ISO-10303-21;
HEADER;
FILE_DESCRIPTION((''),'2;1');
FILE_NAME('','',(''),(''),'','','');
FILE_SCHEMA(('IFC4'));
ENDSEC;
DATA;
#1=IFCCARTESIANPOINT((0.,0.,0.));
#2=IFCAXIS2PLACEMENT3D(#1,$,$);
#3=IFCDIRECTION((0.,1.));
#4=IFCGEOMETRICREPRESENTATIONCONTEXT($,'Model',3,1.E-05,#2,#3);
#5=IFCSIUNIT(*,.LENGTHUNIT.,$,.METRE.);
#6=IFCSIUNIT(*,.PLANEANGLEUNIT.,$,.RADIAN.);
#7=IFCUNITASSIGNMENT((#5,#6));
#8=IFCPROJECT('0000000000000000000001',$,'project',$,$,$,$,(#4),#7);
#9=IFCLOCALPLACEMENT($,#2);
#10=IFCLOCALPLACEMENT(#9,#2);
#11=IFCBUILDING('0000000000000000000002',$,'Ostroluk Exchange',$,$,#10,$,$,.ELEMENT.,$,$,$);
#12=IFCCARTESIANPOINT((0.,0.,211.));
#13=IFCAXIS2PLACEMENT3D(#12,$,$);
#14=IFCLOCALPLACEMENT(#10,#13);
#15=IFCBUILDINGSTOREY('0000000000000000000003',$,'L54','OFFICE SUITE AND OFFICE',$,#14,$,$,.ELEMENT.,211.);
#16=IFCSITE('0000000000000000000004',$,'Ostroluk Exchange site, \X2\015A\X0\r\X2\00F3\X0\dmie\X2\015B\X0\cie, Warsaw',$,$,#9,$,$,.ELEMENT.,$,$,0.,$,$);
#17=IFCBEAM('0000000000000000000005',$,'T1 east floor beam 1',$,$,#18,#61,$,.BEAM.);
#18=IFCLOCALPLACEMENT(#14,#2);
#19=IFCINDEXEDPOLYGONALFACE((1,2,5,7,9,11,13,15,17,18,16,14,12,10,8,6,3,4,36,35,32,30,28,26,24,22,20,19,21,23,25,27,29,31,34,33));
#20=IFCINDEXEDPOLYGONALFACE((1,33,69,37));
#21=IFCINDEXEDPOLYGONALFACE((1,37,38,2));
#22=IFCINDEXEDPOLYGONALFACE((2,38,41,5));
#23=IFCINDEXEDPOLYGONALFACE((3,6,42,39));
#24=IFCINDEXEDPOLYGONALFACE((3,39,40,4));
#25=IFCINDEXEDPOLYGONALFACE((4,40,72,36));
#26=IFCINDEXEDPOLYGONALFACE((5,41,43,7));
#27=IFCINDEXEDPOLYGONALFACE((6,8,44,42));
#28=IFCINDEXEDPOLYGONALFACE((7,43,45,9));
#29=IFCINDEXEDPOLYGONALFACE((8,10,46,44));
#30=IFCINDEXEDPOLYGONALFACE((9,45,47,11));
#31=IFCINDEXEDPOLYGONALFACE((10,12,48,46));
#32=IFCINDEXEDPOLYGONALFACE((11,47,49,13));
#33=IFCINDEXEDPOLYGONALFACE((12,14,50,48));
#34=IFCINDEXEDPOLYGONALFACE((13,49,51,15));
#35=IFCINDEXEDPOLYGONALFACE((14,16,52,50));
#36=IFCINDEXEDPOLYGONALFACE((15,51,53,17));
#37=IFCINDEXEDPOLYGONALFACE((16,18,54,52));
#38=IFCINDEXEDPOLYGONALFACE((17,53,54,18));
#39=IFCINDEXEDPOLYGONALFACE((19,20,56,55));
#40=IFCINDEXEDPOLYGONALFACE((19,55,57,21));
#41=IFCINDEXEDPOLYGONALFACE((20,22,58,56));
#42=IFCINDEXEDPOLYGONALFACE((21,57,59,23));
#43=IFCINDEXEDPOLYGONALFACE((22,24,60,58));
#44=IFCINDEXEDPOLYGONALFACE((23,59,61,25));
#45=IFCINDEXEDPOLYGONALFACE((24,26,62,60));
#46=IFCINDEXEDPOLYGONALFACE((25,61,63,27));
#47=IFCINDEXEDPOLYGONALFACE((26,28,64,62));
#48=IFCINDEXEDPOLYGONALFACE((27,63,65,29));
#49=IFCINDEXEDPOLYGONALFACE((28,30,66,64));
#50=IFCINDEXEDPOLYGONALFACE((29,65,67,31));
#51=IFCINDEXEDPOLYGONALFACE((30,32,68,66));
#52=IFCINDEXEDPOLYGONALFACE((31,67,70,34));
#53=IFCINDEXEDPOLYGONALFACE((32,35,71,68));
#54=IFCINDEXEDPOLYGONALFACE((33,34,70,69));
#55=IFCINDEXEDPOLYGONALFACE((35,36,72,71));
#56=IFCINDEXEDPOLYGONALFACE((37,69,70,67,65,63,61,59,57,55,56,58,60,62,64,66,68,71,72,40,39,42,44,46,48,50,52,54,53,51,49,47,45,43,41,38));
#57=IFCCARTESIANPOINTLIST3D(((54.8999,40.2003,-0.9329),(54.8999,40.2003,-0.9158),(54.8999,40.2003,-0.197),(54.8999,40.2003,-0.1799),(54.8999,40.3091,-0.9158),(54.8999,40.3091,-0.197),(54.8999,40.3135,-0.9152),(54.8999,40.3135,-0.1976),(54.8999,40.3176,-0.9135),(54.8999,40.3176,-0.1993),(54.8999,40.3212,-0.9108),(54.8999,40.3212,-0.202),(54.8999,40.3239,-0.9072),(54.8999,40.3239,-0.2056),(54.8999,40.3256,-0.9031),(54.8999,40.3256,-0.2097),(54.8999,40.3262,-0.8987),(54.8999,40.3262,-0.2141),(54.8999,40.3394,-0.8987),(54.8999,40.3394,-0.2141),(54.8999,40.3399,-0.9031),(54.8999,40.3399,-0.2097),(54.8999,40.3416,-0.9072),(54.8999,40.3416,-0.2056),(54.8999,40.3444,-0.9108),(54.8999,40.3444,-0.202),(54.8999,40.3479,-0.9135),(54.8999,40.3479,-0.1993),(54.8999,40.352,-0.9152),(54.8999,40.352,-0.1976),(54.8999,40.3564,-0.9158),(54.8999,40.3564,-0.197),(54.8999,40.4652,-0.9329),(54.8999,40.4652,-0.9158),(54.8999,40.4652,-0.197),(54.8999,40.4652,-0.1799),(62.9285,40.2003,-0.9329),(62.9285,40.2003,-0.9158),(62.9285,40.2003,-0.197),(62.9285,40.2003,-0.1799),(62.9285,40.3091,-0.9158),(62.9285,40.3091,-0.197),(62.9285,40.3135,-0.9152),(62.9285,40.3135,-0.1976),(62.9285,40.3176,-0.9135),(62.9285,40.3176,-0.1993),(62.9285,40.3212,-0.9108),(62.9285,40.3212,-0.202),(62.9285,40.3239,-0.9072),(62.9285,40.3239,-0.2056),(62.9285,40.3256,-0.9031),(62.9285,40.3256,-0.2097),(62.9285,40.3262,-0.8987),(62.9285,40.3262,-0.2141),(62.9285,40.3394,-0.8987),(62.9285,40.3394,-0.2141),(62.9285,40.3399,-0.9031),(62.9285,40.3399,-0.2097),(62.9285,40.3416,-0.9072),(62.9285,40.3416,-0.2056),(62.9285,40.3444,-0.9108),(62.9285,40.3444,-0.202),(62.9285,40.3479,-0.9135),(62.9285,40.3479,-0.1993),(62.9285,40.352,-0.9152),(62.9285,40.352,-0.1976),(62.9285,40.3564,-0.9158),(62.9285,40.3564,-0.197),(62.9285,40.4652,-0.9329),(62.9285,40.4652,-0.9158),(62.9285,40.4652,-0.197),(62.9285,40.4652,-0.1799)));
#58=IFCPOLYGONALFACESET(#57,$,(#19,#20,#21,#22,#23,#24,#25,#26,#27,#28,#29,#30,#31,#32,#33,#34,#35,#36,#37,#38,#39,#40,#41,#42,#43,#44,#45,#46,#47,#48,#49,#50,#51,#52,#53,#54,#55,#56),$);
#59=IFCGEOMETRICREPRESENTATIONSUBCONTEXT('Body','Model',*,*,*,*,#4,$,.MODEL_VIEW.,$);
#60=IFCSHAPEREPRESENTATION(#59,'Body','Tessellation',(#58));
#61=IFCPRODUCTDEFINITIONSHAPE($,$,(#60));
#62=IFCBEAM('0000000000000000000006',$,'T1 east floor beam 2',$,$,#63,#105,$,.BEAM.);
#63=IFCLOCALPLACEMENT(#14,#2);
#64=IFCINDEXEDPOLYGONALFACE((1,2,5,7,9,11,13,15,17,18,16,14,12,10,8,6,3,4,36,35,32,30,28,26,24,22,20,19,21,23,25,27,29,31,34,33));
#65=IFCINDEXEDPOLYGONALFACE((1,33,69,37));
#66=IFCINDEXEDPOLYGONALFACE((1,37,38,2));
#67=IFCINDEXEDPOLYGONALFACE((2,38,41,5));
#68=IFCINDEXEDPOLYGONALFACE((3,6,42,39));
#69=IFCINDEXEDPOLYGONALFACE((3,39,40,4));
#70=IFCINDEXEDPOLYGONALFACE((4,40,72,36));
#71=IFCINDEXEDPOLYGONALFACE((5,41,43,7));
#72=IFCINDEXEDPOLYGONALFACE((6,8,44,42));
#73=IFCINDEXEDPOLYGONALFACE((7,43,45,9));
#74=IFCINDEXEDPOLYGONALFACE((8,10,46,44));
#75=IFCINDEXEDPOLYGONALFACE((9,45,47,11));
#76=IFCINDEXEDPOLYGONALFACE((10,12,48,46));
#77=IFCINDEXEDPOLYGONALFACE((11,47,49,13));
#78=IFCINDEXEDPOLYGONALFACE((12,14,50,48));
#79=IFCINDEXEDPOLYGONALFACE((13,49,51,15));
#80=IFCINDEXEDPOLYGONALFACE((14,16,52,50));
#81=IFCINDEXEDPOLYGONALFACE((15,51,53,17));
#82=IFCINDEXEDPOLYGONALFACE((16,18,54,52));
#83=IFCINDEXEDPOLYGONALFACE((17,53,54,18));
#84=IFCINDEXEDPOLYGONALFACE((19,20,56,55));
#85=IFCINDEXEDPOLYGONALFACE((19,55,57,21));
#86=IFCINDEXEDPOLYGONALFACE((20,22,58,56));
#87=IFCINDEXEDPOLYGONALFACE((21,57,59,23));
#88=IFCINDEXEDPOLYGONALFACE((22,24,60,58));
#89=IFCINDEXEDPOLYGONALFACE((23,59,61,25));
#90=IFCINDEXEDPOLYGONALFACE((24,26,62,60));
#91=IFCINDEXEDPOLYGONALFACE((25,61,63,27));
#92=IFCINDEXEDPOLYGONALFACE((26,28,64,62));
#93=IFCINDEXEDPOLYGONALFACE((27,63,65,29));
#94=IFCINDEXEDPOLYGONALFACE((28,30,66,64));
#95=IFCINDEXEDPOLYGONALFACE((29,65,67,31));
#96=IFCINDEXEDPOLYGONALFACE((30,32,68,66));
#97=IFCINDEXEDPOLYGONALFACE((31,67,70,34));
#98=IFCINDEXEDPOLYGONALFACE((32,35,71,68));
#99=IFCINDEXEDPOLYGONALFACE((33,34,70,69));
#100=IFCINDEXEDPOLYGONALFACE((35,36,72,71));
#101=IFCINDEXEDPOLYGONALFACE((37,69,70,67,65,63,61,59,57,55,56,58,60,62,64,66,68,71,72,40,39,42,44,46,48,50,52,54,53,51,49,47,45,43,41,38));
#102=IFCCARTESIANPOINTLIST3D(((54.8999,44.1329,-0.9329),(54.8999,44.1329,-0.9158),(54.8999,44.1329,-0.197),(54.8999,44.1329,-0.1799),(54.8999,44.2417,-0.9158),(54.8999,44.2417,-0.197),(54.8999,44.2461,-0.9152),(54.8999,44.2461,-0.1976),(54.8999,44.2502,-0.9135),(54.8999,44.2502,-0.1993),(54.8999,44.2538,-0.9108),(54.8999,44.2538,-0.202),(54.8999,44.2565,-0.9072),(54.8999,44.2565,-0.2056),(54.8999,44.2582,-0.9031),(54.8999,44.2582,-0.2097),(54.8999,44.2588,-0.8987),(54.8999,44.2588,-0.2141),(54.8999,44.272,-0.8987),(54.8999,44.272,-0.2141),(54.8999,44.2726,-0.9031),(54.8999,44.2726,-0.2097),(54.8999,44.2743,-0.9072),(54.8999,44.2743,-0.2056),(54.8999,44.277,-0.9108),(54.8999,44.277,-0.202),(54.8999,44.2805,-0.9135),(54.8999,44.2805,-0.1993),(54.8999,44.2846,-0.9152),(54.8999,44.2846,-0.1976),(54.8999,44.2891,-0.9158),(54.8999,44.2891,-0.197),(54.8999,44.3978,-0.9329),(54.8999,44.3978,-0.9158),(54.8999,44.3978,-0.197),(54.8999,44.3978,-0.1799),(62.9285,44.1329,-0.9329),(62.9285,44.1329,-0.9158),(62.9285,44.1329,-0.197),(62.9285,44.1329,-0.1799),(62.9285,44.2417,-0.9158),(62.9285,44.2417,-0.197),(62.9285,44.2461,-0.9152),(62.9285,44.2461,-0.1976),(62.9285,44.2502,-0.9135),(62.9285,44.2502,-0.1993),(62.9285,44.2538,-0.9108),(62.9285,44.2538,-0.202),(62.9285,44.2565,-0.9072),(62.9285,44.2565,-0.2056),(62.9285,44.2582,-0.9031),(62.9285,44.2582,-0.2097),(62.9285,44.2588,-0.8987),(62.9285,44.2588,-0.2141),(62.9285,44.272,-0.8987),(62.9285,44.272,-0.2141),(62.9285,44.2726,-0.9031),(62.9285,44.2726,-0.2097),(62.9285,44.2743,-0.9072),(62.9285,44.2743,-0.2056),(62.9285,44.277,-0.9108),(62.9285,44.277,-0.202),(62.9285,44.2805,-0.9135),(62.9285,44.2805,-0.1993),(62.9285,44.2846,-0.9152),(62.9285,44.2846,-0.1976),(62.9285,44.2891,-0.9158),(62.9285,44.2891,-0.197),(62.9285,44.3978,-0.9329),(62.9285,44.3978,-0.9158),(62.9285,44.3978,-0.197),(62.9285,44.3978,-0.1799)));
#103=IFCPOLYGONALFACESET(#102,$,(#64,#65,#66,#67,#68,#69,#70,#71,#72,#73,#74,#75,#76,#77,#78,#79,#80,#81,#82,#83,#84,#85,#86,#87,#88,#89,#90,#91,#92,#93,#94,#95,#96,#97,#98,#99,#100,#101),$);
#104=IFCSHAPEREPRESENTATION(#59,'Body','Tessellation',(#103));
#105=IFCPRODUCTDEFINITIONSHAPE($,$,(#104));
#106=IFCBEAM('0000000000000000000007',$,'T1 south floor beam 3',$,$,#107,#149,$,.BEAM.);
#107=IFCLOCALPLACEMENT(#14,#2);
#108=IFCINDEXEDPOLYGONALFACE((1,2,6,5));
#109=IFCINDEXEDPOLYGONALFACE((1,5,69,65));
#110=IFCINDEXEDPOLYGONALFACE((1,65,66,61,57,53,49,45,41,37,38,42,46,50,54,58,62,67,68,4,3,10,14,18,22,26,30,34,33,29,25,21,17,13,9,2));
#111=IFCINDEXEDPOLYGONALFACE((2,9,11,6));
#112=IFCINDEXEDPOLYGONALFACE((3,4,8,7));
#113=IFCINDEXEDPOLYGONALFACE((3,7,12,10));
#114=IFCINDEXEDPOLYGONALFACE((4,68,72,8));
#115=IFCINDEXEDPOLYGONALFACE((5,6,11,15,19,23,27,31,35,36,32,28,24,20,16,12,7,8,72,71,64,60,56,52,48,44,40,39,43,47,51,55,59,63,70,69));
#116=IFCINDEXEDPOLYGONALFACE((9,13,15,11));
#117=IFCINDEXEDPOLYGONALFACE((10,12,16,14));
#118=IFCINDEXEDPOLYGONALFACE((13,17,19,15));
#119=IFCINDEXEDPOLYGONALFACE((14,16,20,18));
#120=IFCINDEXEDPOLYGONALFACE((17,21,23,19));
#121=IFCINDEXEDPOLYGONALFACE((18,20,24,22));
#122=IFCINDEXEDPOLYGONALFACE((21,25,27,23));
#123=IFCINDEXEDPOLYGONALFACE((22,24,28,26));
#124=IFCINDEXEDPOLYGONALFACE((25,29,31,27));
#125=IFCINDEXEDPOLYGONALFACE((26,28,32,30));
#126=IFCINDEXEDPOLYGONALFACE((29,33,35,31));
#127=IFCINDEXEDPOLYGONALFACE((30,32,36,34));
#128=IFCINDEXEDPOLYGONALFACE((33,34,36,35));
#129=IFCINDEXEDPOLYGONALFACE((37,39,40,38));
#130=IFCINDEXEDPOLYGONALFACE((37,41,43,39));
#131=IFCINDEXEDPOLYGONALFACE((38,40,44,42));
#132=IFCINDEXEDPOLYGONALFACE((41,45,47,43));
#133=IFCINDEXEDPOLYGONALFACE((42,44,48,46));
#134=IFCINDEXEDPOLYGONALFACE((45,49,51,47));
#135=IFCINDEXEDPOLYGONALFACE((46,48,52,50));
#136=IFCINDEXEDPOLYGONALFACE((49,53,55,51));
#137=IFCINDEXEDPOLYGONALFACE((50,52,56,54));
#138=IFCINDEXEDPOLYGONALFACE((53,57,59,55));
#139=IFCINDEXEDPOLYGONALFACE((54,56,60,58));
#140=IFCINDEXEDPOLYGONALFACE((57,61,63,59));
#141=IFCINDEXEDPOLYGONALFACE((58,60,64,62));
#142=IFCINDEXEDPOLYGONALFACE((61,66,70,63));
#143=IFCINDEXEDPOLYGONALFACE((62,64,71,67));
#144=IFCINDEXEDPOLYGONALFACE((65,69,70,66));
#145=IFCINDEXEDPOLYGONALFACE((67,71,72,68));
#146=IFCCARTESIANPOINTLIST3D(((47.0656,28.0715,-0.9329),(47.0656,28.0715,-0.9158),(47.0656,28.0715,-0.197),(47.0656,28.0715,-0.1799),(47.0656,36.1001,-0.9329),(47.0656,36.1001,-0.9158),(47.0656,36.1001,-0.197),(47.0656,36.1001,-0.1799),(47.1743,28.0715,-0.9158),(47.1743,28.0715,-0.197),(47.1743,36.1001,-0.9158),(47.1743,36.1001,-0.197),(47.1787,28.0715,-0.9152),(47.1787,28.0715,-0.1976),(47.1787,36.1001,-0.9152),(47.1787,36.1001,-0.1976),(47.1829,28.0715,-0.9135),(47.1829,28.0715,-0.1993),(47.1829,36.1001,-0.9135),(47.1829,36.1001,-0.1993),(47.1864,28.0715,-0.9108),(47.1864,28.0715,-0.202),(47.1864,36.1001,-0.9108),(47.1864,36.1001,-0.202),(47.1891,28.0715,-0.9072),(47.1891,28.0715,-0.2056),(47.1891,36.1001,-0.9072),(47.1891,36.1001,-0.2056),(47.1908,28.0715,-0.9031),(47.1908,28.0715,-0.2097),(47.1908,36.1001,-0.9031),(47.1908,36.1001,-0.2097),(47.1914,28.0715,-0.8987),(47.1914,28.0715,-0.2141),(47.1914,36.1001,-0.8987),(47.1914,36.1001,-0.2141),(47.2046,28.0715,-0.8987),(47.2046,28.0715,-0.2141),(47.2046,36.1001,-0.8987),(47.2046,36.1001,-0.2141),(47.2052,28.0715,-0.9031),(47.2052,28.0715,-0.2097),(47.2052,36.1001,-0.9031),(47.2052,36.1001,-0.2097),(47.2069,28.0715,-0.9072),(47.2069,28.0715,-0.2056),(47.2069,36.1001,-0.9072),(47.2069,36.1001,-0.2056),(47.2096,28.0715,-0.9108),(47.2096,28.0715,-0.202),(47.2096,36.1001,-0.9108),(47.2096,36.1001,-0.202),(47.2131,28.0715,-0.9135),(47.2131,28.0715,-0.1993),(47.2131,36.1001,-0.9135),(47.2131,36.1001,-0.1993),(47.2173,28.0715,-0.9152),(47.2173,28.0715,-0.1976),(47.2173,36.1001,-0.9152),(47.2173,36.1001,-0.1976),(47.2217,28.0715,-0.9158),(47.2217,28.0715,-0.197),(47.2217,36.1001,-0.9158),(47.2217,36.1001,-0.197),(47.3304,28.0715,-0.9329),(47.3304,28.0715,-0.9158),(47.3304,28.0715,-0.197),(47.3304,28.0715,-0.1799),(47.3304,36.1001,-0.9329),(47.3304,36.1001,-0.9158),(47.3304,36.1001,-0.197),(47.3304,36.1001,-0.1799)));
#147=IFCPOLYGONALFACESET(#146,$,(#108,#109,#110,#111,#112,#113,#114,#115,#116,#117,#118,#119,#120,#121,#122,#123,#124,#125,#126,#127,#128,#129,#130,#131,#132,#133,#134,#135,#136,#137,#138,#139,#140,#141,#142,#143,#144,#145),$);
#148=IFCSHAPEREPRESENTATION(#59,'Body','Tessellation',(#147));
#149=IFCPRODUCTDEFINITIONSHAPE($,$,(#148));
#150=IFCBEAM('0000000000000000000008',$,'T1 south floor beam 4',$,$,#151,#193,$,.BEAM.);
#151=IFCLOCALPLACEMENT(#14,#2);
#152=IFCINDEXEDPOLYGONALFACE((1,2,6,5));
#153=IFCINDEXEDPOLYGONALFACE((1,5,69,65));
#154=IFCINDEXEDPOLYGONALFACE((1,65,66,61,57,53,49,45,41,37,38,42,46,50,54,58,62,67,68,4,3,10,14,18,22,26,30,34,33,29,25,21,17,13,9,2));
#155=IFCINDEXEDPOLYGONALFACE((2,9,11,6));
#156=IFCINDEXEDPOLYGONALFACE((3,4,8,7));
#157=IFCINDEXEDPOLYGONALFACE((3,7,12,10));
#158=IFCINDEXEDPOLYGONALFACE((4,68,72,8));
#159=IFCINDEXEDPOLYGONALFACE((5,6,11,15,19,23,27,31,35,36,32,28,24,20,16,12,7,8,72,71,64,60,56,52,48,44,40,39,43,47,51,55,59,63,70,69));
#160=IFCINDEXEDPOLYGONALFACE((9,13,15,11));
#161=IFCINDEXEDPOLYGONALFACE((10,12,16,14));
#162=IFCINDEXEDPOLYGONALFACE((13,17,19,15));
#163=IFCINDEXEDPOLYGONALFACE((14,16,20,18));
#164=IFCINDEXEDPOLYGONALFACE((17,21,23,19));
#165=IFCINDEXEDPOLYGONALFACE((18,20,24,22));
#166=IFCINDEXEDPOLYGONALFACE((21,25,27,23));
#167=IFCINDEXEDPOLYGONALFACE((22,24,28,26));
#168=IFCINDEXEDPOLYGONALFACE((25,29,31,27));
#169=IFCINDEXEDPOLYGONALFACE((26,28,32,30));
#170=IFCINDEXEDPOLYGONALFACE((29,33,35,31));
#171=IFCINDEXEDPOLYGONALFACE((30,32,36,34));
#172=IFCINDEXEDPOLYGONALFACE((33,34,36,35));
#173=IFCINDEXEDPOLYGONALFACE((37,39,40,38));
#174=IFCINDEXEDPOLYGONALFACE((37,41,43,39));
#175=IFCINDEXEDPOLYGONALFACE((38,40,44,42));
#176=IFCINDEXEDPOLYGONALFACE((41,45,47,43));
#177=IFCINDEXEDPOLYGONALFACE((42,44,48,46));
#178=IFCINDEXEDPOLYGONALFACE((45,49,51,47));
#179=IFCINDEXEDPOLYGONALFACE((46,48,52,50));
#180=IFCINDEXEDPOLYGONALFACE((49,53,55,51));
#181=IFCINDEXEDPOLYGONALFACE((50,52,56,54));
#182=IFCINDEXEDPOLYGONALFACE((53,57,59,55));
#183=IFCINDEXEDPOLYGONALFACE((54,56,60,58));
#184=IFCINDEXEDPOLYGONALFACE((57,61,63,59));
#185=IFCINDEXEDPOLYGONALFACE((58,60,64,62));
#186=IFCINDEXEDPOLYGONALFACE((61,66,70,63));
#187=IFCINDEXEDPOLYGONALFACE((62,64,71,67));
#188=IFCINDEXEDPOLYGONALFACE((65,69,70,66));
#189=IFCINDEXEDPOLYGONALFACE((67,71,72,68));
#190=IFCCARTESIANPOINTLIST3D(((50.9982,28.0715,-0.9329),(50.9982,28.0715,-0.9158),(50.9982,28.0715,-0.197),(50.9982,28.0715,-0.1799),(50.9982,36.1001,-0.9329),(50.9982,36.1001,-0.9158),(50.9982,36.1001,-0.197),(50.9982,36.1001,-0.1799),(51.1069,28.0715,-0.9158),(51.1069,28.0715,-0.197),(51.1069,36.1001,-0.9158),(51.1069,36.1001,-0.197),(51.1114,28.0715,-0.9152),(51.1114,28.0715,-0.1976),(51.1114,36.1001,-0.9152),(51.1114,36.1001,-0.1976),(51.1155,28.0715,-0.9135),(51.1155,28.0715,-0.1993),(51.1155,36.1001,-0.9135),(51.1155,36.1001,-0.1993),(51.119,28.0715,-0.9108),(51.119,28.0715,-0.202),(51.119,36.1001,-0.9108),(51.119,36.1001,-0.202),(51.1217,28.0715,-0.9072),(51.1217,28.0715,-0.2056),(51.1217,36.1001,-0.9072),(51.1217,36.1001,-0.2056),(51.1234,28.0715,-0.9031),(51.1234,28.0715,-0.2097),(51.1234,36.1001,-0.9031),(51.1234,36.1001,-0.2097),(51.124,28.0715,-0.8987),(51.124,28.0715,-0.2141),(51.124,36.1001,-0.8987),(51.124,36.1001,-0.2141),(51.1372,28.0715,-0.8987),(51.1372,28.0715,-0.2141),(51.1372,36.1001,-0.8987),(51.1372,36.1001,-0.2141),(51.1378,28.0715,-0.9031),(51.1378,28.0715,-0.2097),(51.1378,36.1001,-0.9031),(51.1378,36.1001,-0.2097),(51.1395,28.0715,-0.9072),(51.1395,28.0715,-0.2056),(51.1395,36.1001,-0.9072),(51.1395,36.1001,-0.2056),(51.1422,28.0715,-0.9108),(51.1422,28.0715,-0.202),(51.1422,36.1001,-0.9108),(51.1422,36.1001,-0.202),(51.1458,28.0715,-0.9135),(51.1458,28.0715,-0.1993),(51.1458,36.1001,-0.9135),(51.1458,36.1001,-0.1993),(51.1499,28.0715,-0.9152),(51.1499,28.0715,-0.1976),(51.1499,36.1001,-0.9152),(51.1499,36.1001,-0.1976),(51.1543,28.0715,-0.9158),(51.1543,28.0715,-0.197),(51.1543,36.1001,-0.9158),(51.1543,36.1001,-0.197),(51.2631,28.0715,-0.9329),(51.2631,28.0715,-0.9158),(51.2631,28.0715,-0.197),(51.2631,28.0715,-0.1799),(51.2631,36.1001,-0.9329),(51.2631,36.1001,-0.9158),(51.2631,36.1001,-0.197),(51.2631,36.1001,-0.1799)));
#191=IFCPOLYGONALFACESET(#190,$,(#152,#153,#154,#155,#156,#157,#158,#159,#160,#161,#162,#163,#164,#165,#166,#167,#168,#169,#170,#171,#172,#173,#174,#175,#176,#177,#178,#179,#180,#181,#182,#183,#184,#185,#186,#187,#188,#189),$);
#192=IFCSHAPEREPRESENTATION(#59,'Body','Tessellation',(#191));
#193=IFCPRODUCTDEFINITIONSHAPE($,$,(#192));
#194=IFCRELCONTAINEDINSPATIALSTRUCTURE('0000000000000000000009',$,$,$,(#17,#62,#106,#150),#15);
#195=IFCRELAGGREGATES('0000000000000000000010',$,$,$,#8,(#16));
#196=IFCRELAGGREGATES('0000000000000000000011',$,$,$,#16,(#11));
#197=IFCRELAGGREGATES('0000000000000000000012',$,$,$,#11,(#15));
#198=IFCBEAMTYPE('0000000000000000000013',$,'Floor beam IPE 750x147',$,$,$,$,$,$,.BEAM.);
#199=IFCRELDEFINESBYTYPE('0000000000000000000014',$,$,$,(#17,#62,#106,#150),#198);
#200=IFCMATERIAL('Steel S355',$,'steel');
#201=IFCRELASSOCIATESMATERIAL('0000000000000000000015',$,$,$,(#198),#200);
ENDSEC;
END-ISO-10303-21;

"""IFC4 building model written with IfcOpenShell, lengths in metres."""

from ifc_helpers import new_model, si_unit, direction, frame, origin, origin_2d, place, context, subcontext, project, spatial, i_section, extrude, material, material_profile, profile_set, type_object, element, save


model = new_model("IFC4")

# Units and contexts
model_context = context("Model", 3, precision=1e-05, world=origin(), true_north=direction((0.0, 1.0)))
body_context = subcontext(model_context, "Body", "Model", "MODEL_VIEW")
ifc_project = project(units=[si_unit("LENGTHUNIT", "METRE"), si_unit("PLANEANGLEUNIT", "RADIAN")], contexts=[model_context])

# Site, building, storey
site_placement = place(None, origin())
site = spatial("IfcSite", under=ifc_project, at=site_placement, Name="Ostroluk Exchange site, Śródmieście, Warsaw", CompositionType="ELEMENT", RefElevation=0.0)
building_placement = place(site_placement, origin())
building = spatial("IfcBuilding", under=site, at=building_placement, Name="Ostroluk Exchange", CompositionType="ELEMENT")
storey_placement = place(building_placement, frame((0.0, 0.0, 211.0)))
storey = spatial("IfcBuildingStorey", under=building, at=storey_placement, Name="L54", Description="OFFICE SUITE AND OFFICE", CompositionType="ELEMENT", Elevation=211.0)

# Beams
ifc_material_1 = material(Name="Steel S355", Category="steel")
ifc_material_profile_1 = material_profile(ifc_material_1, i_section(OverallWidth=0.2649, OverallDepth=0.7529, WebThickness=0.0132, FlangeThickness=0.0171, FilletRadius=0.0171, at=origin_2d()), Name="IPE 750x147")
ifc_profile_set_1 = profile_set([ifc_material_profile_1], Name="Steel S355")
beam_type_1 = type_object("IfcBeamType", Name="Floor beam IPE 750x147", PredefinedType="BEAM", material=ifc_profile_set_1)
for number, where, z_axis, x_axis, name in (
    (1, (54.8999, 40.3328, -0.5564), (1.0, 0.0, 0.0), (0.0, 1.0, 0.0), "T1 east floor beam 1"),
    (2, (54.8999, 44.2654, -0.5564), (1.0, 0.0, 0.0), (0.0, 1.0, 0.0), "T1 east floor beam 2"),
    (3, (47.198, 36.1001, -0.5564), (0.0, -1.0, 0.0), (1.0, 0.0, 0.0), "T1 south floor beam 3"),
    (4, (51.1306, 36.1001, -0.5564), (0.0, -1.0, 0.0), (1.0, 0.0, 0.0), "T1 south floor beam 4"),
):
    element("IfcBeam", number, at=place(storey_placement, frame(where, z_axis=z_axis, x_axis=x_axis)), inside=storey, type_object=beam_type_1, Name=name, PredefinedType="BEAM", context=body_context, shape_type="SweptSolid", body=[
        extrude(i_section(OverallWidth=0.2649, OverallDepth=0.7529, WebThickness=0.0132, FlangeThickness=0.0171, FilletRadius=0.0171, at=origin_2d()), origin(), (0.0, 0.0, 1.0), 8.0286),
    ])

save(model, "model.ifc")
